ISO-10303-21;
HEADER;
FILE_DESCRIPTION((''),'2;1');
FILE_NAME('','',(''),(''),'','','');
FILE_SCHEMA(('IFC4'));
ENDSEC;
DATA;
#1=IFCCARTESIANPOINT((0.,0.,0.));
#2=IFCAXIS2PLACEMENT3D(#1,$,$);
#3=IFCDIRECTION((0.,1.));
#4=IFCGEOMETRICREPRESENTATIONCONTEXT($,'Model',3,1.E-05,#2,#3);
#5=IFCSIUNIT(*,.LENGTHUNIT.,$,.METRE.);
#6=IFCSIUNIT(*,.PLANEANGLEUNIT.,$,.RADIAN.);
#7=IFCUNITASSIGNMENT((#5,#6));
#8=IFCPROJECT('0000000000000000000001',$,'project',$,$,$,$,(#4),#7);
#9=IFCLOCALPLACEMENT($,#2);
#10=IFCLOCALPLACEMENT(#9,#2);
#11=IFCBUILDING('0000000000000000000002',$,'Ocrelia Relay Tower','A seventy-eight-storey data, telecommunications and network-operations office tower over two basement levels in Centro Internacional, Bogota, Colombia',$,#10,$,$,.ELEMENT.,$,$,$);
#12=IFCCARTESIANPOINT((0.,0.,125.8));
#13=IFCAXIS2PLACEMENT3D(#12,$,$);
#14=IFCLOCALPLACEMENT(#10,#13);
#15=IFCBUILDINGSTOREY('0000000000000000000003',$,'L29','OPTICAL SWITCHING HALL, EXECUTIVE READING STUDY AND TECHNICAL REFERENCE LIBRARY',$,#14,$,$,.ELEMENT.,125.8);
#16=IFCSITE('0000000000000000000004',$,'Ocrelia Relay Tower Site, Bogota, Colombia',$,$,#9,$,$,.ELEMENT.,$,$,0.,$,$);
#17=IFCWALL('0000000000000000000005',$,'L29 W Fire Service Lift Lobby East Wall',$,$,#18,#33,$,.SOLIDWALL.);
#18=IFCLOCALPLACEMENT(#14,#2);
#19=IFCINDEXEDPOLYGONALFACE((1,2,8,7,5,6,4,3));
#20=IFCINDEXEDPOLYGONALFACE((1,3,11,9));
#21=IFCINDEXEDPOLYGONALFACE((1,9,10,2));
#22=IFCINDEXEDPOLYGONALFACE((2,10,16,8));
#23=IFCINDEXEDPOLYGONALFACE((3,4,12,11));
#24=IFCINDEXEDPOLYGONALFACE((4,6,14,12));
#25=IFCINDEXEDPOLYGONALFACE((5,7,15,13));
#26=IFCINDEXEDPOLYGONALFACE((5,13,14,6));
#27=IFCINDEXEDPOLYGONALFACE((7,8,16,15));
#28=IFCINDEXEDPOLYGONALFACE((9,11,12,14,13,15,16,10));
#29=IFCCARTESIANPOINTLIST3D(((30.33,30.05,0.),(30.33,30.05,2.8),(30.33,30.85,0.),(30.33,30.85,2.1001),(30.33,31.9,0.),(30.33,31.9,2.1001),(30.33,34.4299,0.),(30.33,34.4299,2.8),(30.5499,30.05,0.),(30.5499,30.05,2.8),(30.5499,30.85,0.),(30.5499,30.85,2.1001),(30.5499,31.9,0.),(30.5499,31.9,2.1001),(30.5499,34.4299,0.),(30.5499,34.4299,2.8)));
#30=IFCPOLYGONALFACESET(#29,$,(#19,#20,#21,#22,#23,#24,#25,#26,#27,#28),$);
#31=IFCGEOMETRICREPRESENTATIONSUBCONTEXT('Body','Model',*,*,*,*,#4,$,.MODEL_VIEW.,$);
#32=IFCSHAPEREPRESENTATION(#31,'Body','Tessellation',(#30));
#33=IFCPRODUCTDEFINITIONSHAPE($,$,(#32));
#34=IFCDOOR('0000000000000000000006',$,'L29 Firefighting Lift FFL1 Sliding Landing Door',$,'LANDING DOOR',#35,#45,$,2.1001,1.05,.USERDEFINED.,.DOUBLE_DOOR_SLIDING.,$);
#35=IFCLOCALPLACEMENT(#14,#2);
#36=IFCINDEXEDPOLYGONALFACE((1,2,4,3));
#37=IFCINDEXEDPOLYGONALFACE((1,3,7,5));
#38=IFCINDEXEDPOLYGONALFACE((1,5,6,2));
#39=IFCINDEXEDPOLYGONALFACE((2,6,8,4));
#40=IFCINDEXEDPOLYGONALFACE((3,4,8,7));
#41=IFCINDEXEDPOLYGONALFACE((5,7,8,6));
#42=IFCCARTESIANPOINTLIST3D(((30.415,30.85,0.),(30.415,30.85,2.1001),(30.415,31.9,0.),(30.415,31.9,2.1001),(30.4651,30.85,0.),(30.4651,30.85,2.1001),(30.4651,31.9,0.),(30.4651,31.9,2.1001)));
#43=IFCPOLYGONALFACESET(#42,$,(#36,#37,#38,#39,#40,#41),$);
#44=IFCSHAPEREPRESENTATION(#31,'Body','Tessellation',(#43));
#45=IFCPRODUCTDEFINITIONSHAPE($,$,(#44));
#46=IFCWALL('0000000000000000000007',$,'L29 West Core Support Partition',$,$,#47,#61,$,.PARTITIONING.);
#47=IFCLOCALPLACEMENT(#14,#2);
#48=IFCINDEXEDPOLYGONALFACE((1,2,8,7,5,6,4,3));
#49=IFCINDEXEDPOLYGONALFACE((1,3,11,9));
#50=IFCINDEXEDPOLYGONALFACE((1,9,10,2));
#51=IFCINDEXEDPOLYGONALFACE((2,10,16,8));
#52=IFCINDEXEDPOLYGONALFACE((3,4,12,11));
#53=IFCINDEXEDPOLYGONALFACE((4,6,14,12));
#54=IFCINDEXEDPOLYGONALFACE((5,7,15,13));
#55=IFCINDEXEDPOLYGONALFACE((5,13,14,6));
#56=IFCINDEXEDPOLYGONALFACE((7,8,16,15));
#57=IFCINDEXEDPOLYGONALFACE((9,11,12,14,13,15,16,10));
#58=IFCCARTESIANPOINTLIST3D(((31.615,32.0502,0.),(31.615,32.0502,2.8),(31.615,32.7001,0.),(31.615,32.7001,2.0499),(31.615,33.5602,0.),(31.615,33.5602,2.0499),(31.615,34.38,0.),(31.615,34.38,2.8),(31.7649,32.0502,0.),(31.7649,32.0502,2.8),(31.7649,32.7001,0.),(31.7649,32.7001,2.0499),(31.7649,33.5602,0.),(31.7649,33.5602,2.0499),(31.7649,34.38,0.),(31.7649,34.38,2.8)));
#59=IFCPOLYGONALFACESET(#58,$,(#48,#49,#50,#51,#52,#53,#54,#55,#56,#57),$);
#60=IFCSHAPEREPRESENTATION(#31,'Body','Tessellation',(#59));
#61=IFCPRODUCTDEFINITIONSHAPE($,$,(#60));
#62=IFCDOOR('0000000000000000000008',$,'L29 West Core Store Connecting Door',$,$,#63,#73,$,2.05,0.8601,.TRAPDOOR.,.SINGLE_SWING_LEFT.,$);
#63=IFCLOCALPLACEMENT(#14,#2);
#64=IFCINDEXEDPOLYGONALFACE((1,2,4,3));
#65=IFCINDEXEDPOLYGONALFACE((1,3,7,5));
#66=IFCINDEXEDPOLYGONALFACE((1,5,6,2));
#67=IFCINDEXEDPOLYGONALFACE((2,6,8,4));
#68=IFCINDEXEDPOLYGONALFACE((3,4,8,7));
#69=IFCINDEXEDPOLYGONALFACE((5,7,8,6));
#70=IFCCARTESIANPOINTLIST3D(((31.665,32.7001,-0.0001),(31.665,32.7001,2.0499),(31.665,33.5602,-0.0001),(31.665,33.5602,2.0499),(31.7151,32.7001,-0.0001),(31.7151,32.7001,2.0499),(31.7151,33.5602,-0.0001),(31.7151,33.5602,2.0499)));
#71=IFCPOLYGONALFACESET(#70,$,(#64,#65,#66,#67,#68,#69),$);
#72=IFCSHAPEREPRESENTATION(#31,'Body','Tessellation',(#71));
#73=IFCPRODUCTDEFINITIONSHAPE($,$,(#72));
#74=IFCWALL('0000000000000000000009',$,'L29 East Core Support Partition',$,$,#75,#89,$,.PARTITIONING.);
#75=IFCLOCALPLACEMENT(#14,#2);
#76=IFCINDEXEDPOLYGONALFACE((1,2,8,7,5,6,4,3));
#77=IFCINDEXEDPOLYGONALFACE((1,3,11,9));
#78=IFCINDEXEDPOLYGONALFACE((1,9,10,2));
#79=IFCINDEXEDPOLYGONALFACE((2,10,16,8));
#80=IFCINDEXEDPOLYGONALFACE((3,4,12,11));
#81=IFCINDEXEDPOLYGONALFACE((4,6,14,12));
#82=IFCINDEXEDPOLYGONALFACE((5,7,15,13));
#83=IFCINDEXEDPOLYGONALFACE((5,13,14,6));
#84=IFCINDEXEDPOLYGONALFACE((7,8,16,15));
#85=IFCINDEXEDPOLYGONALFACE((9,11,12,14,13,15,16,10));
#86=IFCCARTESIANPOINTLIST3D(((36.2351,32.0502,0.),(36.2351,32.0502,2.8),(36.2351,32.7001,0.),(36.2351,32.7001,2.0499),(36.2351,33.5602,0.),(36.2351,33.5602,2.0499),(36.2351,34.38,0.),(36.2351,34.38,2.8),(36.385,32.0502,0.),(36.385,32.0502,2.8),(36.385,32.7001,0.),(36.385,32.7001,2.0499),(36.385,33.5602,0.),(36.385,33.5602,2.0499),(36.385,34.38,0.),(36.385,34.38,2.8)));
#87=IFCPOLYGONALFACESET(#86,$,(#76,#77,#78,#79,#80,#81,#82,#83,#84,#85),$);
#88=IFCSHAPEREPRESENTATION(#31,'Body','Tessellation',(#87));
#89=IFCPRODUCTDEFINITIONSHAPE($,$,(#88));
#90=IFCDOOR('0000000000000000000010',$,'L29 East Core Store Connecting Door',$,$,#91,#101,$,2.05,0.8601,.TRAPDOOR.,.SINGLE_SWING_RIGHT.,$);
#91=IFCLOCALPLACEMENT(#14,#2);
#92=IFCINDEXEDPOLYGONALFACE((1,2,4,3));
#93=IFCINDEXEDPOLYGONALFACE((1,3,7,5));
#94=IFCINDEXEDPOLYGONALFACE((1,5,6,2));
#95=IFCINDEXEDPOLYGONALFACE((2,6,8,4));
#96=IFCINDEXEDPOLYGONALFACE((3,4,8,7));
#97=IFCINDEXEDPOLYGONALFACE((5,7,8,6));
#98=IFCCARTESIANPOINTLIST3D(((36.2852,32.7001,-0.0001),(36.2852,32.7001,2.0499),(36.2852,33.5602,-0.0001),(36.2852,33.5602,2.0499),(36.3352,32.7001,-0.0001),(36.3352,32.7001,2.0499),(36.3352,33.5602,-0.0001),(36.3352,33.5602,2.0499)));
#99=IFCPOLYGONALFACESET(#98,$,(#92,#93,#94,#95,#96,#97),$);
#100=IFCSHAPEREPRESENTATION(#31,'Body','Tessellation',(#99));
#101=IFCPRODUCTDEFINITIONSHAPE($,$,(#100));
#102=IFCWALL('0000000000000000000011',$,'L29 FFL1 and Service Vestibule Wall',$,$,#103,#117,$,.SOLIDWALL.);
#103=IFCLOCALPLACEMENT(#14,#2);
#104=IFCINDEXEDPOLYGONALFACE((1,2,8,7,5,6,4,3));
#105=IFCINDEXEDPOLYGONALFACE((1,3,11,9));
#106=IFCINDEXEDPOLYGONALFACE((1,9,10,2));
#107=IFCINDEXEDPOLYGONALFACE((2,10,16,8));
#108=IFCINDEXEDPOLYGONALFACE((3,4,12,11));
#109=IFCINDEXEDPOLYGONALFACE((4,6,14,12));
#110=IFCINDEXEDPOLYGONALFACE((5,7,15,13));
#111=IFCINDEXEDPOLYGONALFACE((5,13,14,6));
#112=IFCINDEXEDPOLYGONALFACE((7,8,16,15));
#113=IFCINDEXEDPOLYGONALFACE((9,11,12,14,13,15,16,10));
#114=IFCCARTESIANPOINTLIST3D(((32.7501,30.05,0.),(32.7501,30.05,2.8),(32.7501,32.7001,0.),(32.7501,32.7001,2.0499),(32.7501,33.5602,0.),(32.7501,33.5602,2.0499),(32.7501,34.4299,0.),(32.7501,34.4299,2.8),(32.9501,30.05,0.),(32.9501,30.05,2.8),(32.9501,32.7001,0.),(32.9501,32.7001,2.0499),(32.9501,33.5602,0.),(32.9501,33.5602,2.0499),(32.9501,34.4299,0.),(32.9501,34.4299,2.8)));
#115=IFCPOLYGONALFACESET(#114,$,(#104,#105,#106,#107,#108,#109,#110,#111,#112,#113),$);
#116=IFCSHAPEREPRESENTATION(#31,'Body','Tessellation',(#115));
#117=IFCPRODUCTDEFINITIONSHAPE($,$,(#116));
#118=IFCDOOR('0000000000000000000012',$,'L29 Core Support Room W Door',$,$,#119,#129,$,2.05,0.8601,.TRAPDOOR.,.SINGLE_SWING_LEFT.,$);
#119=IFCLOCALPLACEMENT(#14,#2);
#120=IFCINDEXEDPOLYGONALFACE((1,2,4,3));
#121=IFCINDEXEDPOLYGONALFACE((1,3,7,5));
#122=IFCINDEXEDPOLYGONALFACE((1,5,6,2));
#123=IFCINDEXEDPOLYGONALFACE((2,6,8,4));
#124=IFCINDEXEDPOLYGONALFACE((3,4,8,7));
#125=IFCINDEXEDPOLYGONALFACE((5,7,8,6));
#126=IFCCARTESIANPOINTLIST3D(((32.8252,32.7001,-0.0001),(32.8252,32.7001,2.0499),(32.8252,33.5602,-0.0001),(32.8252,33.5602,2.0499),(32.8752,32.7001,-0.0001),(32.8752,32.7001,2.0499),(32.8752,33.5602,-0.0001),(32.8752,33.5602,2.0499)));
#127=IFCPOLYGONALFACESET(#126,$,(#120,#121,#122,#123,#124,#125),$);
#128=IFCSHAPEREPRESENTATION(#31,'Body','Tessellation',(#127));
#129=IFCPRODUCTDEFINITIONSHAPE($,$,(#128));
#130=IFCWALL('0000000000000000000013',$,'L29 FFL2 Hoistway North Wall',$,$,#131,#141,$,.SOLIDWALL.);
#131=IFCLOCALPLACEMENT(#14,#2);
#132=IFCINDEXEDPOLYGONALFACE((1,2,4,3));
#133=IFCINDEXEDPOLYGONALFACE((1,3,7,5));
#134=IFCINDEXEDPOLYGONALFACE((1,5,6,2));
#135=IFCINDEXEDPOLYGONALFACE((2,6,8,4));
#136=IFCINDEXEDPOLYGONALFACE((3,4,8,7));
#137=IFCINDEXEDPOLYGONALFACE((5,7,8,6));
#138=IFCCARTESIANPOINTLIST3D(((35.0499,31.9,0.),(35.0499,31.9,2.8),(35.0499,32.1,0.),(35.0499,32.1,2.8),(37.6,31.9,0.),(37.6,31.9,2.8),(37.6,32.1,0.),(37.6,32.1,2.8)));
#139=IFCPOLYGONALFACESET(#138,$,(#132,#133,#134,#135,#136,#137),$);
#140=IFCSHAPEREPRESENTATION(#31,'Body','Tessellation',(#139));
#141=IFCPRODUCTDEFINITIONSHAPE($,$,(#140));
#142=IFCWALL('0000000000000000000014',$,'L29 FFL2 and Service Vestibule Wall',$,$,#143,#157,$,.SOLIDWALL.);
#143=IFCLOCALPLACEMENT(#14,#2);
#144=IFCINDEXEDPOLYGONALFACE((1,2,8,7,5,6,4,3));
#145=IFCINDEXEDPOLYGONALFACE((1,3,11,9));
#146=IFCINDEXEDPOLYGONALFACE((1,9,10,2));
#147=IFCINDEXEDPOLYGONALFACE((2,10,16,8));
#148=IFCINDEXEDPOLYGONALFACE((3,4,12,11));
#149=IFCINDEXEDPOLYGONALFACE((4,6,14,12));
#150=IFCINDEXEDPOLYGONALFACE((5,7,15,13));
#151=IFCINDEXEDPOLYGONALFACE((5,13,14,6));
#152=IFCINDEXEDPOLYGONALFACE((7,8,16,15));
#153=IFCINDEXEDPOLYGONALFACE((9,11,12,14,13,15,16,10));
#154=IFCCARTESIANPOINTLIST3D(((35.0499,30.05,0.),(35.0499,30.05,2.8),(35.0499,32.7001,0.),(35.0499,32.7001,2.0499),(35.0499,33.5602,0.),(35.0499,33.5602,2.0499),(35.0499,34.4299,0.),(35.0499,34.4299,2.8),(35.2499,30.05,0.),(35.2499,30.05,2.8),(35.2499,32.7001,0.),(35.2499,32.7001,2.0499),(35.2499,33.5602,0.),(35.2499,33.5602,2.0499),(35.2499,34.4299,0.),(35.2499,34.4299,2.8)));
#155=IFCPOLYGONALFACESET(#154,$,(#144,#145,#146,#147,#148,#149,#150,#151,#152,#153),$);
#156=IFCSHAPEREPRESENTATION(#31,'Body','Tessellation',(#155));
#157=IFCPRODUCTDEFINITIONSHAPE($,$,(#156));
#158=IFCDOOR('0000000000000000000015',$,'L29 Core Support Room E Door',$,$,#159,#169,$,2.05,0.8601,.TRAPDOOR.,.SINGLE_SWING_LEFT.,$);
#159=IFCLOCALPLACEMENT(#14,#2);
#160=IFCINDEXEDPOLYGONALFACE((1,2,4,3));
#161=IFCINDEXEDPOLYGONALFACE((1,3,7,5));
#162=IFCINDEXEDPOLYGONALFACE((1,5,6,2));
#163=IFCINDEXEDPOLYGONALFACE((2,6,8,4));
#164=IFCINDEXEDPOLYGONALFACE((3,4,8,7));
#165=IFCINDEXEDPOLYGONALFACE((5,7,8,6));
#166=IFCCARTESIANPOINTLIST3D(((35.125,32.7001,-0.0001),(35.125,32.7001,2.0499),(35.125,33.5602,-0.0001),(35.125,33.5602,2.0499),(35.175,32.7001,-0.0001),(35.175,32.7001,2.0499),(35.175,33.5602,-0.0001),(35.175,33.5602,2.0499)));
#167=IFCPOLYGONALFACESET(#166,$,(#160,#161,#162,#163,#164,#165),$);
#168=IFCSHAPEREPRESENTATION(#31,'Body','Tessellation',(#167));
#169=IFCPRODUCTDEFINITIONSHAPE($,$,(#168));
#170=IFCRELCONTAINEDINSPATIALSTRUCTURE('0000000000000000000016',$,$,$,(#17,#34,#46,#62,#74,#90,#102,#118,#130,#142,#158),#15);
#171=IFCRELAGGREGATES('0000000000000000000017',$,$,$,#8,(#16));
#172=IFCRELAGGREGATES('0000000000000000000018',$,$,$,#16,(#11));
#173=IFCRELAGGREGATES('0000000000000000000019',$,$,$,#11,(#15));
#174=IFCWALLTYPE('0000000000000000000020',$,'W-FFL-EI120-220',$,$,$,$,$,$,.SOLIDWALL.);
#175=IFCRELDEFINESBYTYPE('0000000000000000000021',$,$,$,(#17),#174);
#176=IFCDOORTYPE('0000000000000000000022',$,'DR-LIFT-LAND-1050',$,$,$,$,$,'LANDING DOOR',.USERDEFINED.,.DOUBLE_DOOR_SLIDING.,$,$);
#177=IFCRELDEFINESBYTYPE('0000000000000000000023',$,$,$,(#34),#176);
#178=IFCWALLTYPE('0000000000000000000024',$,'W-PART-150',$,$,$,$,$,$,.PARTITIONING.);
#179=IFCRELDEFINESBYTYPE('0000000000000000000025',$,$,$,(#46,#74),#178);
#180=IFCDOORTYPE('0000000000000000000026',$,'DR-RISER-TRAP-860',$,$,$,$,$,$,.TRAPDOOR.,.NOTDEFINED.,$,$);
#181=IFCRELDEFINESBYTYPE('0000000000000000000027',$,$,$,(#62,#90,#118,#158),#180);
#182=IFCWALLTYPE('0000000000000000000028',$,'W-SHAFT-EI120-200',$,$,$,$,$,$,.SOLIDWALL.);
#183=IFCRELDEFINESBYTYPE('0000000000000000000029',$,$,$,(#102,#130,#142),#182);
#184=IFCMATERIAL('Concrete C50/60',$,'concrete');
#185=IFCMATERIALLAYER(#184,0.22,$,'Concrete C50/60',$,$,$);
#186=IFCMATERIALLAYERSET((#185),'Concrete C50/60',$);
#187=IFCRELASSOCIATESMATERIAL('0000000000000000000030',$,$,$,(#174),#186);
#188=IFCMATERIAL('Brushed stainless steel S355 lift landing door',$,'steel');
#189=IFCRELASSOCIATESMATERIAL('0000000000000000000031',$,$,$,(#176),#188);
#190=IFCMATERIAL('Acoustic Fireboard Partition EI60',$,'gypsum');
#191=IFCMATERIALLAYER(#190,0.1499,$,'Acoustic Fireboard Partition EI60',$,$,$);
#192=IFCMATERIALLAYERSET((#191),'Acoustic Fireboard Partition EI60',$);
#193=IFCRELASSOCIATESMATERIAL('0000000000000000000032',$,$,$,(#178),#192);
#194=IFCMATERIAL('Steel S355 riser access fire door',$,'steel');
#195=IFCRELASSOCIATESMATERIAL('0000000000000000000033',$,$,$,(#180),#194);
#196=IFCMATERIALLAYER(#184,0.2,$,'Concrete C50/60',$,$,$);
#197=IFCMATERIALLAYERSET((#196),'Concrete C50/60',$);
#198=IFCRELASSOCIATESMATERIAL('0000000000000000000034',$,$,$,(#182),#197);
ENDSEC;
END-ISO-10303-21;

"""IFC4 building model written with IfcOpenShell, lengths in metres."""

from ifc_helpers import new_model, si_unit, direction, frame, frame_2d, origin, place, context, subcontext, project, spatial, rectangle, extrude, material, layer, layer_set, type_object, element, fill, save


model = new_model("IFC4")

# Units and contexts
model_context = context("Model", 3, precision=1e-05, world=origin(), true_north=direction((0.0, 1.0)))
body_context = subcontext(model_context, "Body", "Model", "MODEL_VIEW")
ifc_project = project(units=[si_unit("LENGTHUNIT", "METRE"), si_unit("PLANEANGLEUNIT", "RADIAN")], contexts=[model_context])

# Site, building, storey
site_placement = place(None, origin())
site = spatial("IfcSite", under=ifc_project, at=site_placement, Name="Ocrelia Relay Tower Site, Bogota, Colombia", CompositionType="ELEMENT", RefElevation=0.0)
building_placement = place(site_placement, origin())
building = spatial("IfcBuilding", under=site, at=building_placement, Name="Ocrelia Relay Tower", Description="A seventy-eight-storey data, telecommunications and network-operations office tower over two basement levels in Centro Internacional, Bogota, Colombia", CompositionType="ELEMENT")
storey_placement = place(building_placement, frame((0.0, 0.0, 125.8)))
storey = spatial("IfcBuildingStorey", under=building, at=storey_placement, Name="L29", Description="OPTICAL SWITCHING HALL, EXECUTIVE READING STUDY AND TECHNICAL REFERENCE LIBRARY", CompositionType="ELEMENT", Elevation=125.8)

# Walls, openings, doors
ifc_material_1 = material(Name="Concrete C50/60", Category="concrete")
ifc_layer_1 = layer(ifc_material_1, 0.22, Name="Concrete C50/60")
ifc_layer_set_1 = layer_set([ifc_layer_1], Name="Concrete C50/60")
wall_type_1 = type_object("IfcWallType", Name="W-FFL-EI120-220", PredefinedType="SOLIDWALL", material=ifc_layer_set_1)
wall_1_placement = place(storey_placement, frame((30.4399, 30.05, 0.0), z_axis=(0.0, 0.0, 1.0), x_axis=(0.0, 1.0, 0.0)))
wall_1 = element("IfcWall", 1, at=wall_1_placement, inside=storey, type_object=wall_type_1, Name="L29 W Fire Service Lift Lobby East Wall", PredefinedType="SOLIDWALL", context=body_context, shape_type="SweptSolid", body=[
    extrude(rectangle(XDim=4.3799, YDim=0.22, at=frame_2d((2.1899, 0.0))), origin(), (0.0, 0.0, 1.0), 2.8),
])
opening_1_placement = place(wall_1_placement, frame((0.8, 0.0, 0.0)))
opening_1 = element("IfcOpeningElement", 2, at=opening_1_placement, cuts=wall_1, PredefinedType="OPENING", context=body_context, shape_type="SweptSolid", body=[
    extrude(rectangle(XDim=1.05, YDim=2.1001, at=frame_2d((0.5249, 1.05))), frame((0.0, 0.1201, 0.0), z_axis=(0.0, -1.0, 0.0), x_axis=(1.0, 0.0, 0.0)), (0.0, 0.0, 1.0), 0.24),
])
ifc_material_2 = material(Name="Brushed stainless steel S355 lift landing door", Category="steel")
door_type_1 = type_object("IfcDoorType", Name="DR-LIFT-LAND-1050", ElementType="LANDING DOOR", OperationType="DOUBLE_DOOR_SLIDING", PredefinedType="USERDEFINED", material=ifc_material_2)
door_1_placement = place(opening_1_placement, origin())
door_1 = element("IfcDoor", 3, at=door_1_placement, inside=storey, type_object=door_type_1, Name="L29 Firefighting Lift FFL1 Sliding Landing Door", ObjectType="LANDING DOOR", OperationType="DOUBLE_DOOR_SLIDING", OverallHeight=2.1001, OverallWidth=1.05, PredefinedType="USERDEFINED", context=body_context, shape_type="SweptSolid", body=[
    extrude(rectangle(XDim=1.05, YDim=2.1001, at=frame_2d((0.5249, 1.05))), frame((0.0, 0.0249, 0.0), z_axis=(0.0, -1.0, 0.0), x_axis=(1.0, 0.0, 0.0)), (0.0, 0.0, 1.0), 0.05),
])
fill(opening_1, door_1)
ifc_material_3 = material(Name="Acoustic Fireboard Partition EI60", Category="gypsum")
ifc_layer_2 = layer(ifc_material_3, 0.1499, Name="Acoustic Fireboard Partition EI60")
ifc_layer_set_2 = layer_set([ifc_layer_2], Name="Acoustic Fireboard Partition EI60")
wall_type_2 = type_object("IfcWallType", Name="W-PART-150", PredefinedType="PARTITIONING", material=ifc_layer_set_2)
wall_2_placement = place(storey_placement, frame((31.6899, 32.05, 0.0), z_axis=(0.0, 0.0, 1.0), x_axis=(0.0, 1.0, 0.0)))
wall_2 = element("IfcWall", 4, at=wall_2_placement, inside=storey, type_object=wall_type_2, Name="L29 West Core Support Partition", PredefinedType="PARTITIONING", context=body_context, shape_type="SweptSolid", body=[
    extrude(rectangle(XDim=2.3298, YDim=0.1499, at=frame_2d((1.165, 0.0))), origin(), (0.0, 0.0, 1.0), 2.8),
])
opening_2_placement = place(wall_2_placement, frame((0.6499, 0.0, 0.0)))
opening_2 = element("IfcOpeningElement", 5, at=opening_2_placement, cuts=wall_2, PredefinedType="OPENING", context=body_context, shape_type="SweptSolid", body=[
    extrude(rectangle(XDim=0.8601, YDim=2.05, at=frame_2d((0.4302, 1.0249))), frame((0.0, 0.085, 0.0), z_axis=(0.0, -1.0, 0.0), x_axis=(1.0, 0.0, 0.0)), (0.0, 0.0, 1.0), 0.1699),
])
ifc_material_4 = material(Name="Steel S355 riser access fire door", Category="steel")
door_type_2 = type_object("IfcDoorType", Name="DR-RISER-TRAP-860", OperationType="NOTDEFINED", PredefinedType="TRAPDOOR", material=ifc_material_4)
door_2_placement = place(opening_2_placement, origin())
door_2 = element("IfcDoor", 6, at=door_2_placement, inside=storey, type_object=door_type_2, Name="L29 West Core Store Connecting Door", OperationType="SINGLE_SWING_LEFT", OverallHeight=2.05, OverallWidth=0.8601, PredefinedType="TRAPDOOR", context=body_context, shape_type="SweptSolid", body=[
    extrude(rectangle(XDim=0.8601, YDim=2.05, at=frame_2d((0.4302, 1.0249))), frame((0.0, 0.0249, 0.0), z_axis=(0.0, -1.0, 0.0), x_axis=(1.0, 0.0, 0.0)), (0.0, 0.0, 1.0), 0.05),
])
fill(opening_2, door_2)
wall_3_placement = place(storey_placement, frame((36.3101, 32.05, 0.0), z_axis=(0.0, 0.0, 1.0), x_axis=(0.0, 1.0, 0.0)))
wall_3 = element("IfcWall", 7, at=wall_3_placement, inside=storey, type_object=wall_type_2, Name="L29 East Core Support Partition", PredefinedType="PARTITIONING", context=body_context, shape_type="SweptSolid", body=[
    extrude(rectangle(XDim=2.3298, YDim=0.1499, at=frame_2d((1.165, 0.0))), origin(), (0.0, 0.0, 1.0), 2.8),
])
opening_3_placement = place(wall_3_placement, frame((0.6499, 0.0, 0.0)))
opening_3 = element("IfcOpeningElement", 8, at=opening_3_placement, cuts=wall_3, PredefinedType="OPENING", context=body_context, shape_type="SweptSolid", body=[
    extrude(rectangle(XDim=0.8601, YDim=2.05, at=frame_2d((0.4302, 1.0249))), frame((0.0, 0.085, 0.0), z_axis=(0.0, -1.0, 0.0), x_axis=(1.0, 0.0, 0.0)), (0.0, 0.0, 1.0), 0.1699),
])
door_3_placement = place(opening_3_placement, origin())
door_3 = element("IfcDoor", 9, at=door_3_placement, inside=storey, type_object=door_type_2, Name="L29 East Core Store Connecting Door", OperationType="SINGLE_SWING_RIGHT", OverallHeight=2.05, OverallWidth=0.8601, PredefinedType="TRAPDOOR", context=body_context, shape_type="SweptSolid", body=[
    extrude(rectangle(XDim=0.8601, YDim=2.05, at=frame_2d((0.4302, 1.0249))), frame((0.0, 0.0249, 0.0), z_axis=(0.0, -1.0, 0.0), x_axis=(1.0, 0.0, 0.0)), (0.0, 0.0, 1.0), 0.05),
])
fill(opening_3, door_3)
ifc_layer_3 = layer(ifc_material_1, 0.2, Name="Concrete C50/60")
ifc_layer_set_3 = layer_set([ifc_layer_3], Name="Concrete C50/60")
wall_type_3 = type_object("IfcWallType", Name="W-SHAFT-EI120-200", PredefinedType="SOLIDWALL", material=ifc_layer_set_3)
wall_4_placement = place(storey_placement, frame((32.8501, 30.05, 0.0), z_axis=(0.0, 0.0, 1.0), x_axis=(0.0, 1.0, 0.0)))
wall_4 = element("IfcWall", 10, at=wall_4_placement, inside=storey, type_object=wall_type_3, Name="L29 FFL1 and Service Vestibule Wall", PredefinedType="SOLIDWALL", context=body_context, shape_type="SweptSolid", body=[
    extrude(rectangle(XDim=4.3799, YDim=0.2, at=frame_2d((2.1899, 0.0))), origin(), (0.0, 0.0, 1.0), 2.8),
])
opening_4_placement = place(wall_4_placement, frame((2.6499, 0.0, 0.0)))
opening_4 = element("IfcOpeningElement", 11, at=opening_4_placement, cuts=wall_4, PredefinedType="OPENING", context=body_context, shape_type="SweptSolid", body=[
    extrude(rectangle(XDim=0.8601, YDim=2.05, at=frame_2d((0.4302, 1.0249))), frame((0.0, 0.1099, 0.0), z_axis=(0.0, -1.0, 0.0), x_axis=(1.0, 0.0, 0.0)), (0.0, 0.0, 1.0), 0.22),
])
door_4_placement = place(opening_4_placement, origin())
door_4 = element("IfcDoor", 12, at=door_4_placement, inside=storey, type_object=door_type_2, Name="L29 Core Support Room W Door", OperationType="SINGLE_SWING_LEFT", OverallHeight=2.05, OverallWidth=0.8601, PredefinedType="TRAPDOOR", context=body_context, shape_type="SweptSolid", body=[
    extrude(rectangle(XDim=0.8601, YDim=2.05, at=frame_2d((0.4302, 1.0249))), frame((0.0, 0.0249, 0.0), z_axis=(0.0, -1.0, 0.0), x_axis=(1.0, 0.0, 0.0)), (0.0, 0.0, 1.0), 0.05),
])
fill(opening_4, door_4)

# Wall
wall_5_placement = place(storey_placement, frame((35.05, 32.0, 0.0), z_axis=(0.0, 0.0, 1.0), x_axis=(1.0, 0.0, 0.0)))
element("IfcWall", 13, at=wall_5_placement, inside=storey, type_object=wall_type_3, Name="L29 FFL2 Hoistway North Wall", PredefinedType="SOLIDWALL", context=body_context, shape_type="SweptSolid", body=[
    extrude(rectangle(XDim=2.55, YDim=0.2, at=frame_2d((1.2749, 0.0))), origin(), (0.0, 0.0, 1.0), 2.8),
])

# Wall, opening, door
wall_6_placement = place(storey_placement, frame((35.1499, 30.05, 0.0), z_axis=(0.0, 0.0, 1.0), x_axis=(0.0, 1.0, 0.0)))
wall_6 = element("IfcWall", 14, at=wall_6_placement, inside=storey, type_object=wall_type_3, Name="L29 FFL2 and Service Vestibule Wall", PredefinedType="SOLIDWALL", context=body_context, shape_type="SweptSolid", body=[
    extrude(rectangle(XDim=4.3799, YDim=0.2, at=frame_2d((2.1899, 0.0))), origin(), (0.0, 0.0, 1.0), 2.8),
])
opening_5_placement = place(wall_6_placement, frame((2.6499, 0.0, 0.0)))
opening_5 = element("IfcOpeningElement", 15, at=opening_5_placement, cuts=wall_6, PredefinedType="OPENING", context=body_context, shape_type="SweptSolid", body=[
    extrude(rectangle(XDim=0.8601, YDim=2.05, at=frame_2d((0.4302, 1.0249))), frame((0.0, 0.1099, 0.0), z_axis=(0.0, -1.0, 0.0), x_axis=(1.0, 0.0, 0.0)), (0.0, 0.0, 1.0), 0.22),
])
door_5_placement = place(opening_5_placement, origin())
door_5 = element("IfcDoor", 16, at=door_5_placement, inside=storey, type_object=door_type_2, Name="L29 Core Support Room E Door", OperationType="SINGLE_SWING_LEFT", OverallHeight=2.05, OverallWidth=0.8601, PredefinedType="TRAPDOOR", context=body_context, shape_type="SweptSolid", body=[
    extrude(rectangle(XDim=0.8601, YDim=2.05, at=frame_2d((0.4302, 1.0249))), frame((0.0, 0.0249, 0.0), z_axis=(0.0, -1.0, 0.0), x_axis=(1.0, 0.0, 0.0)), (0.0, 0.0, 1.0), 0.05),
])
fill(opening_5, door_5)

save(model, "model.ifc")
